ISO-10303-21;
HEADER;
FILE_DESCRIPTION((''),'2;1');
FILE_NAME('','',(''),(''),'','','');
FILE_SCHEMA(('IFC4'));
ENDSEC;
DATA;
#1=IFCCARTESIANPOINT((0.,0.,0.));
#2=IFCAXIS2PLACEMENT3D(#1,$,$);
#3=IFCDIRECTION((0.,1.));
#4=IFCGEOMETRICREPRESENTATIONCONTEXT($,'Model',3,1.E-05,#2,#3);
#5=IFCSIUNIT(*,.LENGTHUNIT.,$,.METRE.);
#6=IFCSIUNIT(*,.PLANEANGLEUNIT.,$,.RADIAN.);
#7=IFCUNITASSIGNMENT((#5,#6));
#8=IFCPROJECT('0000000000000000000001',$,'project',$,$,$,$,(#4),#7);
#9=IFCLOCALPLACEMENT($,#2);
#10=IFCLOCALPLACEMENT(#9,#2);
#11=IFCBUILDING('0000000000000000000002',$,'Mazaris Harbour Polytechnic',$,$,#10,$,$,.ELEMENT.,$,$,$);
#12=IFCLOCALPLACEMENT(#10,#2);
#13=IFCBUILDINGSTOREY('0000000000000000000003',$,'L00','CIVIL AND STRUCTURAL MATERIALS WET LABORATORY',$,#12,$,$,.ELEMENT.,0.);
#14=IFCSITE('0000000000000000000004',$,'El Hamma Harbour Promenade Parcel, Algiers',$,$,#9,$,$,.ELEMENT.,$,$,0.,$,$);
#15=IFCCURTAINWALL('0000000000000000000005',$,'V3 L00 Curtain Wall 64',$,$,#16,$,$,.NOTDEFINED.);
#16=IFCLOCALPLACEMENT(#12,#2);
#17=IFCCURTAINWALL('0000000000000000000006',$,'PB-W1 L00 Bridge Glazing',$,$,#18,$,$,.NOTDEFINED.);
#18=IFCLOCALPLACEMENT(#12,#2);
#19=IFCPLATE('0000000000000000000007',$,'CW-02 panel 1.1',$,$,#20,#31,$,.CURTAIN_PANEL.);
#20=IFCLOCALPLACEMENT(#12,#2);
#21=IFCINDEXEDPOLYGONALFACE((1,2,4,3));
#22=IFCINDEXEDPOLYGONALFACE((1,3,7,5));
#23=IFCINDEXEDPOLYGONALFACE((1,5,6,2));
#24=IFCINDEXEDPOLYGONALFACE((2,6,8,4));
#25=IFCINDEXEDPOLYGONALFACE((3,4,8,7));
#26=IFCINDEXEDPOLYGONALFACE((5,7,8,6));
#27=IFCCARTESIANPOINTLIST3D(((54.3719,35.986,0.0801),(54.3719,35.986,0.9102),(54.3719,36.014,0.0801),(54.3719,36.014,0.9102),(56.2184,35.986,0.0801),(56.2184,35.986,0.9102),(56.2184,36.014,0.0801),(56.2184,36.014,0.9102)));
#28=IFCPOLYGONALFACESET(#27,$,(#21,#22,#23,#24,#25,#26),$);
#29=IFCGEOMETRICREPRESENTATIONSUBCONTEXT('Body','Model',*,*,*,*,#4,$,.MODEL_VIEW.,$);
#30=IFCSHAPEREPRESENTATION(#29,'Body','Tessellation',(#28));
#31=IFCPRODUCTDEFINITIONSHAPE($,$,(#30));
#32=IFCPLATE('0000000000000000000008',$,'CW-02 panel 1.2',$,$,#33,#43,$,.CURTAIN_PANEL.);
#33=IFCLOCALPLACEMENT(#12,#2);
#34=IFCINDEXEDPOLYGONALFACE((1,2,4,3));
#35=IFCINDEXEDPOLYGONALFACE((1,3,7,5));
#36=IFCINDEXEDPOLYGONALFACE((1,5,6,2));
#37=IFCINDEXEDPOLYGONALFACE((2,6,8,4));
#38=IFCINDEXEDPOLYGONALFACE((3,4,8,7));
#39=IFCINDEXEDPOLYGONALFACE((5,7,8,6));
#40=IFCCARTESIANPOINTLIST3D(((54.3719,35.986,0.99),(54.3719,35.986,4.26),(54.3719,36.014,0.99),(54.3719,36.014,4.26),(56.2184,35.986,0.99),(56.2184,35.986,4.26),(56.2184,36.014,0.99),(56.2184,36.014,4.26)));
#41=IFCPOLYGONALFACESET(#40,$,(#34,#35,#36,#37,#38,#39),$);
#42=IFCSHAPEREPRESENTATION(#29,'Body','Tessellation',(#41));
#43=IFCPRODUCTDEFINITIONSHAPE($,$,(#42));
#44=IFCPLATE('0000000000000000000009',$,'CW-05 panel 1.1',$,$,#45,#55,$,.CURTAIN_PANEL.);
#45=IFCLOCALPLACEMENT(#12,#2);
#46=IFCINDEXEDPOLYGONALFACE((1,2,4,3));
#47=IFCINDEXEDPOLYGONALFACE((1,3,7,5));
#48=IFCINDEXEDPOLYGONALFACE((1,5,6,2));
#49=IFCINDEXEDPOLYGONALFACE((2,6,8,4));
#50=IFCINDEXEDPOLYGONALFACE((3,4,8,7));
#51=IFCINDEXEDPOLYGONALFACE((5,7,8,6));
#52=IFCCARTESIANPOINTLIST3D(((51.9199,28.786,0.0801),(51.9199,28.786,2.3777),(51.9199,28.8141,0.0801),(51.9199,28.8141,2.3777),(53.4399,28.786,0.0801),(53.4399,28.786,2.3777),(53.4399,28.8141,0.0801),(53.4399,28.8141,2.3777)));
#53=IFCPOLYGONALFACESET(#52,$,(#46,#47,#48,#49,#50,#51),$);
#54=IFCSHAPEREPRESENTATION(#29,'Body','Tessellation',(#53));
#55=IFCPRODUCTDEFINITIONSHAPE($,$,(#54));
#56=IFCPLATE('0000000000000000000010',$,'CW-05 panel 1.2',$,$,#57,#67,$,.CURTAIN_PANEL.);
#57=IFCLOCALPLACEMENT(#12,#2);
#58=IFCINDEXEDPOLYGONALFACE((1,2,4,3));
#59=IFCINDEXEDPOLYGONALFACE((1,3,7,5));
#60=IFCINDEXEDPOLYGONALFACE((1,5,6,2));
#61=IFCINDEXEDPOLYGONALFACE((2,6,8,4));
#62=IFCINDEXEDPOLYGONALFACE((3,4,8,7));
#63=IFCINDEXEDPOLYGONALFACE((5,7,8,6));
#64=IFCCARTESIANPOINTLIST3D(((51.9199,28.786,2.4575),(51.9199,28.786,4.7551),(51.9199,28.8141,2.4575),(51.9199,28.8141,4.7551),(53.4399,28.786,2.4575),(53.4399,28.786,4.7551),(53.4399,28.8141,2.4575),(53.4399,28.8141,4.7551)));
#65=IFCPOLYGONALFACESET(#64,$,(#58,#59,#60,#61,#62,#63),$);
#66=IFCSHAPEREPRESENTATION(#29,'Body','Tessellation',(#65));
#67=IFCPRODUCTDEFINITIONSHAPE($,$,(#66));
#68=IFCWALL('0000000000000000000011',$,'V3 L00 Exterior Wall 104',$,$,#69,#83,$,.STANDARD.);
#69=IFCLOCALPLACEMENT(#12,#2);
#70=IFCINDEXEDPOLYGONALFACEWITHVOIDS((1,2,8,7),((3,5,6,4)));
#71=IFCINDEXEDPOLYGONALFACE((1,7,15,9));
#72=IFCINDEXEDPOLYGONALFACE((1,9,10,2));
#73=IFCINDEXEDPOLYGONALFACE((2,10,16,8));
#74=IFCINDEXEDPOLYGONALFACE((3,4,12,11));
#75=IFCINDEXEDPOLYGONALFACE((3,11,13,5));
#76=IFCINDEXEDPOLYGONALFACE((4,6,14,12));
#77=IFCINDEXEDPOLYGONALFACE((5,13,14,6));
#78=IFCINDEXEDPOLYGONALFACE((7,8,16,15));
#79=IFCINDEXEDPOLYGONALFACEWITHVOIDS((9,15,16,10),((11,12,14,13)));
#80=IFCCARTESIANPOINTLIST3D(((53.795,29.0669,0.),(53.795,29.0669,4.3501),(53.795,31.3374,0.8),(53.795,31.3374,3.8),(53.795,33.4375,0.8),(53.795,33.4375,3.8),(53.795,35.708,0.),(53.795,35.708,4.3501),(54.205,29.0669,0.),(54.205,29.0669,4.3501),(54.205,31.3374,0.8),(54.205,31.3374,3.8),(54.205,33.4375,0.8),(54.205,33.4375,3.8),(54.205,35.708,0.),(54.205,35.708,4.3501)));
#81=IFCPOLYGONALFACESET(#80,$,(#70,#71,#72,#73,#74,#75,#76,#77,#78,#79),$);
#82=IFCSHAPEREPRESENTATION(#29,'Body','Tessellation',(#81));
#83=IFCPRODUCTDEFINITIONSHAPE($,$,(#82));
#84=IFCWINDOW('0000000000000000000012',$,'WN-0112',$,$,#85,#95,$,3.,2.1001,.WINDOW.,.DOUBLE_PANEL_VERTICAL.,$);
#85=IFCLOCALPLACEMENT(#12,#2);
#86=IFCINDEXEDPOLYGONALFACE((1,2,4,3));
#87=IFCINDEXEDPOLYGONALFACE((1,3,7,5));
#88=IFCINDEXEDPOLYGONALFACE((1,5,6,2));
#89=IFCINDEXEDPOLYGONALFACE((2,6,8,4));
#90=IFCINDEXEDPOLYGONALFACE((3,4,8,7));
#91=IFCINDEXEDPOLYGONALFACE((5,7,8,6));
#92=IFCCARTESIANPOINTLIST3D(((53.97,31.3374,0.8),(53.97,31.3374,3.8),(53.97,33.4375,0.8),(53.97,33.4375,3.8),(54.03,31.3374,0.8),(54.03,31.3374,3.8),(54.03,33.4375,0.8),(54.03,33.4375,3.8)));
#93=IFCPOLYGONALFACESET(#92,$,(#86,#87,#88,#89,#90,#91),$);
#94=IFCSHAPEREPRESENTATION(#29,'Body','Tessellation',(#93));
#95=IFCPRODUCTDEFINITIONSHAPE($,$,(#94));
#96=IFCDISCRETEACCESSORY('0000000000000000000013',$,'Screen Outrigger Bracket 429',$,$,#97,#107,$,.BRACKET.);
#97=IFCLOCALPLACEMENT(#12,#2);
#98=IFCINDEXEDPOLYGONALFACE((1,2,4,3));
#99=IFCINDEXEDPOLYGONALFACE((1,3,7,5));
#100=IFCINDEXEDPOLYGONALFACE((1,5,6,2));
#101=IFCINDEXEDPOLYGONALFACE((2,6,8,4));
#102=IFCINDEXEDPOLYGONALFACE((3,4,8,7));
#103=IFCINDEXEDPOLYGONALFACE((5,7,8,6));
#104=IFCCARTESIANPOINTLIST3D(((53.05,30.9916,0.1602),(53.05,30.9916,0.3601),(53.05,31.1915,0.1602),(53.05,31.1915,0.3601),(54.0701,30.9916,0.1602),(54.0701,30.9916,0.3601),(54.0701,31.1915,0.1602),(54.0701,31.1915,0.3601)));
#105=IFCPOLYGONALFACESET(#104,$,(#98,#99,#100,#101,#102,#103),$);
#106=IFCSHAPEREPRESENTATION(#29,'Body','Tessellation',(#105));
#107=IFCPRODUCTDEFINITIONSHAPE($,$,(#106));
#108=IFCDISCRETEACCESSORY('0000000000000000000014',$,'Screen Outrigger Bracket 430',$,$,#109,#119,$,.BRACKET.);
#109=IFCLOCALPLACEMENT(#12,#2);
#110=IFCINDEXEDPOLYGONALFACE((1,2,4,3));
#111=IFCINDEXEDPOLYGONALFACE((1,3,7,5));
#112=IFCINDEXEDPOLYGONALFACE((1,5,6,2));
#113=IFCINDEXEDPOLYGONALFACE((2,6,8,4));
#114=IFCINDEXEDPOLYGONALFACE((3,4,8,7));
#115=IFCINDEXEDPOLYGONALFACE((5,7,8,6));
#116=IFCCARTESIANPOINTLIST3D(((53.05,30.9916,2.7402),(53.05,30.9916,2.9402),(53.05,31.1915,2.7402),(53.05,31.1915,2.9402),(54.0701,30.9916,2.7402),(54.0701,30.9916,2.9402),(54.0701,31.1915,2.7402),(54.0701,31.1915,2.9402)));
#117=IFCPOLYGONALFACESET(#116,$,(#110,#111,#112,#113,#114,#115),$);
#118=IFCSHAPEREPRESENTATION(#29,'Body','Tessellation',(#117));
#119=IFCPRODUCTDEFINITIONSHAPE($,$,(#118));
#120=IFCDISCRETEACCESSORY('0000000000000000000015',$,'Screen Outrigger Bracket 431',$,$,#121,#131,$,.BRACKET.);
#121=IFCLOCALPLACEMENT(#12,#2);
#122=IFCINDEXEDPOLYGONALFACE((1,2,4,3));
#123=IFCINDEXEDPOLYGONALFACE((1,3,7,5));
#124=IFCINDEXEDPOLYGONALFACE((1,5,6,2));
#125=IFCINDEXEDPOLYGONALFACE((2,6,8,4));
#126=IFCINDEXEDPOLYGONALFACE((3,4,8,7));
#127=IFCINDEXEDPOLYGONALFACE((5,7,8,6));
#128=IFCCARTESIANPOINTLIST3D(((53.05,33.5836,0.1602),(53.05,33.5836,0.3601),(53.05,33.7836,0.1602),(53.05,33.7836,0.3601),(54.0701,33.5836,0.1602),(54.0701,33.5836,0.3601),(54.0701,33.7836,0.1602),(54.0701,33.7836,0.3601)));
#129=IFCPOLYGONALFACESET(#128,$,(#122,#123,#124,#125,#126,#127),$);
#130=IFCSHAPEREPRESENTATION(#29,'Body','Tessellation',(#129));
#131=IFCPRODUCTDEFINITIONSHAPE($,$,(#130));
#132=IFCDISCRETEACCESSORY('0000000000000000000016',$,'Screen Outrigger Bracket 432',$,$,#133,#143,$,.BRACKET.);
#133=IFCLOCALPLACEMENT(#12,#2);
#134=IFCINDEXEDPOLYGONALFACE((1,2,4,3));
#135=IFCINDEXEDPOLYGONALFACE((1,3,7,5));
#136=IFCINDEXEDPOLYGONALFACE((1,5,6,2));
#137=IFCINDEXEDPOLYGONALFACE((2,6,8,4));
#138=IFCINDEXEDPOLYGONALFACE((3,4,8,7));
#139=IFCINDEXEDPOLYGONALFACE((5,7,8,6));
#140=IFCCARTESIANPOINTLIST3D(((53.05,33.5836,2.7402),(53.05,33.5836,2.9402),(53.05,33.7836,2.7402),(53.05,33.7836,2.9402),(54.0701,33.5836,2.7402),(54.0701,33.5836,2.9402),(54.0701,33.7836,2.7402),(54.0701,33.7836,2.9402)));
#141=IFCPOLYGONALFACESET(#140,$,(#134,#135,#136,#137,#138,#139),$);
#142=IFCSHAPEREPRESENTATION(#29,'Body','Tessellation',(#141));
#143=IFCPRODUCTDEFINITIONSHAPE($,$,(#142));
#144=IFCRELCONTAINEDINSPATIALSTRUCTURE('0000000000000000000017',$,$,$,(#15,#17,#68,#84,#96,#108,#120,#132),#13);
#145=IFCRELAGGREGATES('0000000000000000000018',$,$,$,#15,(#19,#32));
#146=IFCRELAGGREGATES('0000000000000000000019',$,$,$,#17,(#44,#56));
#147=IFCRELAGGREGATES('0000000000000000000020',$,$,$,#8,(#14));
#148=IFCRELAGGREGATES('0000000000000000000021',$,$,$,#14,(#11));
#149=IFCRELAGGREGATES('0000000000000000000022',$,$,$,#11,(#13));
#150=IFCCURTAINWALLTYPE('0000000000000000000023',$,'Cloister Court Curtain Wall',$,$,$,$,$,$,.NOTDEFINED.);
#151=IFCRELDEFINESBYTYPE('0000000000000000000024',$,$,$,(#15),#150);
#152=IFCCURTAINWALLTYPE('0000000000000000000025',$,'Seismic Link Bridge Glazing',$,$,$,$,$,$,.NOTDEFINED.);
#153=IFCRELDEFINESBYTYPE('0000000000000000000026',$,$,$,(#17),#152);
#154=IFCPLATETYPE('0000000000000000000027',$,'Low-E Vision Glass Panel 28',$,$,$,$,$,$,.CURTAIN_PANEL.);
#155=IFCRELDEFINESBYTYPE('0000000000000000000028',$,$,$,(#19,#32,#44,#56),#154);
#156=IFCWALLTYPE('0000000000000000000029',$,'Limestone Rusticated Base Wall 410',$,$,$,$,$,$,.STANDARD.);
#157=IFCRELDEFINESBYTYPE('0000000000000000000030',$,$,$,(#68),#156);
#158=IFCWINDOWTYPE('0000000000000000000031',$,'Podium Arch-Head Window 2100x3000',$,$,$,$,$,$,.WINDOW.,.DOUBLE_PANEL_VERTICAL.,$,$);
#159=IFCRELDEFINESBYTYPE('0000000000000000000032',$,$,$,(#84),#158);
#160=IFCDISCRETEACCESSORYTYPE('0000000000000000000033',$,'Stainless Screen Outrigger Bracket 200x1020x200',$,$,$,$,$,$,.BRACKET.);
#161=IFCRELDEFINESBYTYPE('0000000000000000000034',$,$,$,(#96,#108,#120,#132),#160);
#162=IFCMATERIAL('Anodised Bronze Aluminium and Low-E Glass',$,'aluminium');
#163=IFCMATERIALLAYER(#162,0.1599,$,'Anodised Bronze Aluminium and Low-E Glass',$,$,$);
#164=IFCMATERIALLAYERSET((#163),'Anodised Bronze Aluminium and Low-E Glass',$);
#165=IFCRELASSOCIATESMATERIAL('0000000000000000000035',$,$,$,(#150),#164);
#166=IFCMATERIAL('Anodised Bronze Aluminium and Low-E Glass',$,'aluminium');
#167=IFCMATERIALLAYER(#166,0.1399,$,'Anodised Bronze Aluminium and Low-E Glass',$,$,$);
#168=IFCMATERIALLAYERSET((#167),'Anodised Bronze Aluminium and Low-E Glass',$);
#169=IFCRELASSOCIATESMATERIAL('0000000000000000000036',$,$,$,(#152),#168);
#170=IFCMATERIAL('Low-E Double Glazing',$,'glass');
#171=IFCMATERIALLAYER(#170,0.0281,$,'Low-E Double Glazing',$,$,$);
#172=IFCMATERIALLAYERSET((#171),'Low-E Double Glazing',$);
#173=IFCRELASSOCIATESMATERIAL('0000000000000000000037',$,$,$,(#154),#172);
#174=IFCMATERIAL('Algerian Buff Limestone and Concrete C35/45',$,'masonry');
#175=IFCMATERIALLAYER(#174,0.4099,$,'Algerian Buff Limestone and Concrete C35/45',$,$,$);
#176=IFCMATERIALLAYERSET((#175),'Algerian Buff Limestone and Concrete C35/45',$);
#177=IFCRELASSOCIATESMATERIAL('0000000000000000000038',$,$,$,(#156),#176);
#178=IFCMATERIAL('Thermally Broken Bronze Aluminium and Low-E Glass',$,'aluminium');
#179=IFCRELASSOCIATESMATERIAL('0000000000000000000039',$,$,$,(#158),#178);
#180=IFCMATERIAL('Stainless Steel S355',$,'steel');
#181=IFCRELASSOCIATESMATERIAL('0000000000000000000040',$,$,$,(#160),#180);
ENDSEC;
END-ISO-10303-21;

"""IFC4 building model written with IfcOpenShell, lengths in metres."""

from ifc_helpers import new_model, si_unit, direction, frame, frame_2d, origin, origin_2d, place, context, subcontext, project, spatial, rectangle, extrude, material, layer, layer_set, type_object, element, fill, aggregate, save


model = new_model("IFC4")

# Units and contexts
model_context = context("Model", 3, precision=1e-05, world=origin(), true_north=direction((0.0, 1.0)))
body_context = subcontext(model_context, "Body", "Model", "MODEL_VIEW")
ifc_project = project(units=[si_unit("LENGTHUNIT", "METRE"), si_unit("PLANEANGLEUNIT", "RADIAN")], contexts=[model_context])

# Site, building, storey
site_placement = place(None, origin())
site = spatial("IfcSite", under=ifc_project, at=site_placement, Name="El Hamma Harbour Promenade Parcel, Algiers", CompositionType="ELEMENT", RefElevation=0.0)
building_placement = place(site_placement, origin())
building = spatial("IfcBuilding", under=site, at=building_placement, Name="Mazaris Harbour Polytechnic", CompositionType="ELEMENT")
storey_placement = place(building_placement, origin())
storey = spatial("IfcBuildingStorey", under=building, at=storey_placement, Name="L00", Description="CIVIL AND STRUCTURAL MATERIALS WET LABORATORY", CompositionType="ELEMENT", Elevation=0.0)

# Curtain walls
ifc_material_1 = material(Name="Anodised Bronze Aluminium and Low-E Glass", Category="aluminium")
ifc_layer_1 = layer(ifc_material_1, 0.1599, Name="Anodised Bronze Aluminium and Low-E Glass")
ifc_layer_set_1 = layer_set([ifc_layer_1], Name="Anodised Bronze Aluminium and Low-E Glass")
curtain_wall_type_1 = type_object("IfcCurtainWallType", Name="Cloister Court Curtain Wall", PredefinedType="NOTDEFINED", material=ifc_layer_set_1)
curtain_wall_1_placement = place(storey_placement, origin())
curtain_wall_1 = element("IfcCurtainWall", 1, at=curtain_wall_1_placement, inside=storey, type_object=curtain_wall_type_1, Name="V3 L00 Curtain Wall 64", PredefinedType="NOTDEFINED")
ifc_material_2 = material(Name="Anodised Bronze Aluminium and Low-E Glass", Category="aluminium")
ifc_layer_2 = layer(ifc_material_2, 0.1399, Name="Anodised Bronze Aluminium and Low-E Glass")
ifc_layer_set_2 = layer_set([ifc_layer_2], Name="Anodised Bronze Aluminium and Low-E Glass")
curtain_wall_type_2 = type_object("IfcCurtainWallType", Name="Seismic Link Bridge Glazing", PredefinedType="NOTDEFINED", material=ifc_layer_set_2)
curtain_wall_2_placement = place(storey_placement, origin())
curtain_wall_2 = element("IfcCurtainWall", 2, at=curtain_wall_2_placement, inside=storey, type_object=curtain_wall_type_2, Name="PB-W1 L00 Bridge Glazing", PredefinedType="NOTDEFINED")

# Plates
ifc_material_3 = material(Name="Low-E Double Glazing", Category="glass")
ifc_layer_3 = layer(ifc_material_3, 0.0281, Name="Low-E Double Glazing")
ifc_layer_set_3 = layer_set([ifc_layer_3], Name="Low-E Double Glazing")
plate_type = type_object("IfcPlateType", Name="Low-E Vision Glass Panel 28", PredefinedType="CURTAIN_PANEL", material=ifc_layer_set_3)
plate_1_placement = place(storey_placement, frame((55.2952, 36.0, 0.0801), z_axis=(0.0, 0.0, 1.0), x_axis=(1.0, 0.0, 0.0)))
plate_1 = element("IfcPlate", 3, at=plate_1_placement, type_object=plate_type, Name="CW-02 panel 1.1", PredefinedType="CURTAIN_PANEL", context=body_context, shape_type="SweptSolid", body=[
    extrude(rectangle(XDim=1.8464, YDim=0.0281, at=origin_2d()), origin(), (0.0, 0.0, 1.0), 0.8301),
])
plate_2_placement = place(storey_placement, frame((55.2952, 36.0, 0.99), z_axis=(0.0, 0.0, 1.0), x_axis=(1.0, 0.0, 0.0)))
plate_2 = element("IfcPlate", 4, at=plate_2_placement, type_object=plate_type, Name="CW-02 panel 1.2", PredefinedType="CURTAIN_PANEL", context=body_context, shape_type="SweptSolid", body=[
    extrude(rectangle(XDim=1.8464, YDim=0.0281, at=origin_2d()), origin(), (0.0, 0.0, 1.0), 3.27),
])
aggregate(curtain_wall_1, [plate_1, plate_2])
plate_3_placement = place(storey_placement, frame((52.6799, 28.8, 0.0801), z_axis=(0.0, 0.0, 1.0), x_axis=(-1.0, 0.0, 0.0)))
plate_3 = element("IfcPlate", 5, at=plate_3_placement, type_object=plate_type, Name="CW-05 panel 1.1", PredefinedType="CURTAIN_PANEL", context=body_context, shape_type="SweptSolid", body=[
    extrude(rectangle(XDim=1.52, YDim=0.0281, at=origin_2d()), origin(), (0.0, 0.0, 1.0), 2.2976),
])
plate_4_placement = place(storey_placement, frame((52.6799, 28.8, 2.4575), z_axis=(0.0, 0.0, 1.0), x_axis=(-1.0, 0.0, 0.0)))
plate_4 = element("IfcPlate", 6, at=plate_4_placement, type_object=plate_type, Name="CW-05 panel 1.2", PredefinedType="CURTAIN_PANEL", context=body_context, shape_type="SweptSolid", body=[
    extrude(rectangle(XDim=1.52, YDim=0.0281, at=origin_2d()), origin(), (0.0, 0.0, 1.0), 2.2976),
])
aggregate(curtain_wall_2, [plate_3, plate_4])

# Wall, opening, window
ifc_material_4 = material(Name="Algerian Buff Limestone and Concrete C35/45", Category="masonry")
ifc_layer_4 = layer(ifc_material_4, 0.4099, Name="Algerian Buff Limestone and Concrete C35/45")
ifc_layer_set_4 = layer_set([ifc_layer_4], Name="Algerian Buff Limestone and Concrete C35/45")
wall_type = type_object("IfcWallType", Name="Limestone Rusticated Base Wall 410", PredefinedType="STANDARD", material=ifc_layer_set_4)
wall_placement = place(storey_placement, frame((54.0, 29.0669, 0.0), z_axis=(0.0, 0.0, 1.0), x_axis=(0.0, 1.0, 0.0)))
wall = element("IfcWall", 7, at=wall_placement, inside=storey, type_object=wall_type, Name="V3 L00 Exterior Wall 104", PredefinedType="STANDARD", context=body_context, shape_type="SweptSolid", body=[
    extrude(rectangle(XDim=6.6411, YDim=0.4099, at=frame_2d((3.3206, 0.0))), origin(), (0.0, 0.0, 1.0), 4.3501),
])
opening_placement = place(wall_placement, frame((2.2705, 0.0, 0.8)))
opening = element("IfcOpeningElement", 8, at=opening_placement, cuts=wall, PredefinedType="OPENING", context=body_context, shape_type="SweptSolid", body=[
    extrude(rectangle(XDim=2.1001, YDim=3.0, at=frame_2d((1.05, 1.5))), frame((0.0, 0.2148, 0.0), z_axis=(0.0, -1.0, 0.0), x_axis=(1.0, 0.0, 0.0)), (0.0, 0.0, 1.0), 0.4299),
])
ifc_material_5 = material(Name="Thermally Broken Bronze Aluminium and Low-E Glass", Category="aluminium")
window_type = type_object("IfcWindowType", Name="Podium Arch-Head Window 2100x3000", PartitioningType="DOUBLE_PANEL_VERTICAL", PredefinedType="WINDOW", material=ifc_material_5)
window_placement = place(opening_placement, origin())
window = element("IfcWindow", 9, at=window_placement, inside=storey, type_object=window_type, Name="WN-0112", OverallHeight=3.0, OverallWidth=2.1001, PartitioningType="DOUBLE_PANEL_VERTICAL", PredefinedType="WINDOW", context=body_context, shape_type="SweptSolid", body=[
    extrude(rectangle(XDim=2.1001, YDim=3.0, at=frame_2d((1.05, 1.5))), frame((0.0, 0.03, 0.0), z_axis=(0.0, -1.0, 0.0), x_axis=(1.0, 0.0, 0.0)), (0.0, 0.0, 1.0), 0.0601),
])
fill(opening, window)

# Discrete accessories
ifc_material_6 = material(Name="Stainless Steel S355", Category="steel")
discrete_accessory_type = type_object("IfcDiscreteAccessoryType", Name="Stainless Screen Outrigger Bracket 200x1020x200", PredefinedType="BRACKET", material=ifc_material_6)
for number, where, z_axis, x_axis, name in (
    (10, (53.5601, 31.0916, 0.1602), (0.0, 0.0, 1.0), (0.0, 1.0, 0.0), "Screen Outrigger Bracket 429"),
    (11, (53.5601, 31.0916, 2.7402), (0.0, 0.0, 1.0), (0.0, 1.0, 0.0), "Screen Outrigger Bracket 430"),
    (12, (53.5601, 33.6836, 0.1602), (0.0, 0.0, 1.0), (0.0, 1.0, 0.0), "Screen Outrigger Bracket 431"),
    (13, (53.5601, 33.6836, 2.7402), (0.0, 0.0, 1.0), (0.0, 1.0, 0.0), "Screen Outrigger Bracket 432"),
):
    element("IfcDiscreteAccessory", number, at=place(storey_placement, frame(where, z_axis=z_axis, x_axis=x_axis)), inside=storey, type_object=discrete_accessory_type, Name=name, PredefinedType="BRACKET", context=body_context, shape_type="SweptSolid", body=[
        extrude(rectangle(XDim=0.2, YDim=1.02, at=origin_2d()), origin(), (0.0, 0.0, 1.0), 0.2),
    ])

save(model, "model.ifc")
